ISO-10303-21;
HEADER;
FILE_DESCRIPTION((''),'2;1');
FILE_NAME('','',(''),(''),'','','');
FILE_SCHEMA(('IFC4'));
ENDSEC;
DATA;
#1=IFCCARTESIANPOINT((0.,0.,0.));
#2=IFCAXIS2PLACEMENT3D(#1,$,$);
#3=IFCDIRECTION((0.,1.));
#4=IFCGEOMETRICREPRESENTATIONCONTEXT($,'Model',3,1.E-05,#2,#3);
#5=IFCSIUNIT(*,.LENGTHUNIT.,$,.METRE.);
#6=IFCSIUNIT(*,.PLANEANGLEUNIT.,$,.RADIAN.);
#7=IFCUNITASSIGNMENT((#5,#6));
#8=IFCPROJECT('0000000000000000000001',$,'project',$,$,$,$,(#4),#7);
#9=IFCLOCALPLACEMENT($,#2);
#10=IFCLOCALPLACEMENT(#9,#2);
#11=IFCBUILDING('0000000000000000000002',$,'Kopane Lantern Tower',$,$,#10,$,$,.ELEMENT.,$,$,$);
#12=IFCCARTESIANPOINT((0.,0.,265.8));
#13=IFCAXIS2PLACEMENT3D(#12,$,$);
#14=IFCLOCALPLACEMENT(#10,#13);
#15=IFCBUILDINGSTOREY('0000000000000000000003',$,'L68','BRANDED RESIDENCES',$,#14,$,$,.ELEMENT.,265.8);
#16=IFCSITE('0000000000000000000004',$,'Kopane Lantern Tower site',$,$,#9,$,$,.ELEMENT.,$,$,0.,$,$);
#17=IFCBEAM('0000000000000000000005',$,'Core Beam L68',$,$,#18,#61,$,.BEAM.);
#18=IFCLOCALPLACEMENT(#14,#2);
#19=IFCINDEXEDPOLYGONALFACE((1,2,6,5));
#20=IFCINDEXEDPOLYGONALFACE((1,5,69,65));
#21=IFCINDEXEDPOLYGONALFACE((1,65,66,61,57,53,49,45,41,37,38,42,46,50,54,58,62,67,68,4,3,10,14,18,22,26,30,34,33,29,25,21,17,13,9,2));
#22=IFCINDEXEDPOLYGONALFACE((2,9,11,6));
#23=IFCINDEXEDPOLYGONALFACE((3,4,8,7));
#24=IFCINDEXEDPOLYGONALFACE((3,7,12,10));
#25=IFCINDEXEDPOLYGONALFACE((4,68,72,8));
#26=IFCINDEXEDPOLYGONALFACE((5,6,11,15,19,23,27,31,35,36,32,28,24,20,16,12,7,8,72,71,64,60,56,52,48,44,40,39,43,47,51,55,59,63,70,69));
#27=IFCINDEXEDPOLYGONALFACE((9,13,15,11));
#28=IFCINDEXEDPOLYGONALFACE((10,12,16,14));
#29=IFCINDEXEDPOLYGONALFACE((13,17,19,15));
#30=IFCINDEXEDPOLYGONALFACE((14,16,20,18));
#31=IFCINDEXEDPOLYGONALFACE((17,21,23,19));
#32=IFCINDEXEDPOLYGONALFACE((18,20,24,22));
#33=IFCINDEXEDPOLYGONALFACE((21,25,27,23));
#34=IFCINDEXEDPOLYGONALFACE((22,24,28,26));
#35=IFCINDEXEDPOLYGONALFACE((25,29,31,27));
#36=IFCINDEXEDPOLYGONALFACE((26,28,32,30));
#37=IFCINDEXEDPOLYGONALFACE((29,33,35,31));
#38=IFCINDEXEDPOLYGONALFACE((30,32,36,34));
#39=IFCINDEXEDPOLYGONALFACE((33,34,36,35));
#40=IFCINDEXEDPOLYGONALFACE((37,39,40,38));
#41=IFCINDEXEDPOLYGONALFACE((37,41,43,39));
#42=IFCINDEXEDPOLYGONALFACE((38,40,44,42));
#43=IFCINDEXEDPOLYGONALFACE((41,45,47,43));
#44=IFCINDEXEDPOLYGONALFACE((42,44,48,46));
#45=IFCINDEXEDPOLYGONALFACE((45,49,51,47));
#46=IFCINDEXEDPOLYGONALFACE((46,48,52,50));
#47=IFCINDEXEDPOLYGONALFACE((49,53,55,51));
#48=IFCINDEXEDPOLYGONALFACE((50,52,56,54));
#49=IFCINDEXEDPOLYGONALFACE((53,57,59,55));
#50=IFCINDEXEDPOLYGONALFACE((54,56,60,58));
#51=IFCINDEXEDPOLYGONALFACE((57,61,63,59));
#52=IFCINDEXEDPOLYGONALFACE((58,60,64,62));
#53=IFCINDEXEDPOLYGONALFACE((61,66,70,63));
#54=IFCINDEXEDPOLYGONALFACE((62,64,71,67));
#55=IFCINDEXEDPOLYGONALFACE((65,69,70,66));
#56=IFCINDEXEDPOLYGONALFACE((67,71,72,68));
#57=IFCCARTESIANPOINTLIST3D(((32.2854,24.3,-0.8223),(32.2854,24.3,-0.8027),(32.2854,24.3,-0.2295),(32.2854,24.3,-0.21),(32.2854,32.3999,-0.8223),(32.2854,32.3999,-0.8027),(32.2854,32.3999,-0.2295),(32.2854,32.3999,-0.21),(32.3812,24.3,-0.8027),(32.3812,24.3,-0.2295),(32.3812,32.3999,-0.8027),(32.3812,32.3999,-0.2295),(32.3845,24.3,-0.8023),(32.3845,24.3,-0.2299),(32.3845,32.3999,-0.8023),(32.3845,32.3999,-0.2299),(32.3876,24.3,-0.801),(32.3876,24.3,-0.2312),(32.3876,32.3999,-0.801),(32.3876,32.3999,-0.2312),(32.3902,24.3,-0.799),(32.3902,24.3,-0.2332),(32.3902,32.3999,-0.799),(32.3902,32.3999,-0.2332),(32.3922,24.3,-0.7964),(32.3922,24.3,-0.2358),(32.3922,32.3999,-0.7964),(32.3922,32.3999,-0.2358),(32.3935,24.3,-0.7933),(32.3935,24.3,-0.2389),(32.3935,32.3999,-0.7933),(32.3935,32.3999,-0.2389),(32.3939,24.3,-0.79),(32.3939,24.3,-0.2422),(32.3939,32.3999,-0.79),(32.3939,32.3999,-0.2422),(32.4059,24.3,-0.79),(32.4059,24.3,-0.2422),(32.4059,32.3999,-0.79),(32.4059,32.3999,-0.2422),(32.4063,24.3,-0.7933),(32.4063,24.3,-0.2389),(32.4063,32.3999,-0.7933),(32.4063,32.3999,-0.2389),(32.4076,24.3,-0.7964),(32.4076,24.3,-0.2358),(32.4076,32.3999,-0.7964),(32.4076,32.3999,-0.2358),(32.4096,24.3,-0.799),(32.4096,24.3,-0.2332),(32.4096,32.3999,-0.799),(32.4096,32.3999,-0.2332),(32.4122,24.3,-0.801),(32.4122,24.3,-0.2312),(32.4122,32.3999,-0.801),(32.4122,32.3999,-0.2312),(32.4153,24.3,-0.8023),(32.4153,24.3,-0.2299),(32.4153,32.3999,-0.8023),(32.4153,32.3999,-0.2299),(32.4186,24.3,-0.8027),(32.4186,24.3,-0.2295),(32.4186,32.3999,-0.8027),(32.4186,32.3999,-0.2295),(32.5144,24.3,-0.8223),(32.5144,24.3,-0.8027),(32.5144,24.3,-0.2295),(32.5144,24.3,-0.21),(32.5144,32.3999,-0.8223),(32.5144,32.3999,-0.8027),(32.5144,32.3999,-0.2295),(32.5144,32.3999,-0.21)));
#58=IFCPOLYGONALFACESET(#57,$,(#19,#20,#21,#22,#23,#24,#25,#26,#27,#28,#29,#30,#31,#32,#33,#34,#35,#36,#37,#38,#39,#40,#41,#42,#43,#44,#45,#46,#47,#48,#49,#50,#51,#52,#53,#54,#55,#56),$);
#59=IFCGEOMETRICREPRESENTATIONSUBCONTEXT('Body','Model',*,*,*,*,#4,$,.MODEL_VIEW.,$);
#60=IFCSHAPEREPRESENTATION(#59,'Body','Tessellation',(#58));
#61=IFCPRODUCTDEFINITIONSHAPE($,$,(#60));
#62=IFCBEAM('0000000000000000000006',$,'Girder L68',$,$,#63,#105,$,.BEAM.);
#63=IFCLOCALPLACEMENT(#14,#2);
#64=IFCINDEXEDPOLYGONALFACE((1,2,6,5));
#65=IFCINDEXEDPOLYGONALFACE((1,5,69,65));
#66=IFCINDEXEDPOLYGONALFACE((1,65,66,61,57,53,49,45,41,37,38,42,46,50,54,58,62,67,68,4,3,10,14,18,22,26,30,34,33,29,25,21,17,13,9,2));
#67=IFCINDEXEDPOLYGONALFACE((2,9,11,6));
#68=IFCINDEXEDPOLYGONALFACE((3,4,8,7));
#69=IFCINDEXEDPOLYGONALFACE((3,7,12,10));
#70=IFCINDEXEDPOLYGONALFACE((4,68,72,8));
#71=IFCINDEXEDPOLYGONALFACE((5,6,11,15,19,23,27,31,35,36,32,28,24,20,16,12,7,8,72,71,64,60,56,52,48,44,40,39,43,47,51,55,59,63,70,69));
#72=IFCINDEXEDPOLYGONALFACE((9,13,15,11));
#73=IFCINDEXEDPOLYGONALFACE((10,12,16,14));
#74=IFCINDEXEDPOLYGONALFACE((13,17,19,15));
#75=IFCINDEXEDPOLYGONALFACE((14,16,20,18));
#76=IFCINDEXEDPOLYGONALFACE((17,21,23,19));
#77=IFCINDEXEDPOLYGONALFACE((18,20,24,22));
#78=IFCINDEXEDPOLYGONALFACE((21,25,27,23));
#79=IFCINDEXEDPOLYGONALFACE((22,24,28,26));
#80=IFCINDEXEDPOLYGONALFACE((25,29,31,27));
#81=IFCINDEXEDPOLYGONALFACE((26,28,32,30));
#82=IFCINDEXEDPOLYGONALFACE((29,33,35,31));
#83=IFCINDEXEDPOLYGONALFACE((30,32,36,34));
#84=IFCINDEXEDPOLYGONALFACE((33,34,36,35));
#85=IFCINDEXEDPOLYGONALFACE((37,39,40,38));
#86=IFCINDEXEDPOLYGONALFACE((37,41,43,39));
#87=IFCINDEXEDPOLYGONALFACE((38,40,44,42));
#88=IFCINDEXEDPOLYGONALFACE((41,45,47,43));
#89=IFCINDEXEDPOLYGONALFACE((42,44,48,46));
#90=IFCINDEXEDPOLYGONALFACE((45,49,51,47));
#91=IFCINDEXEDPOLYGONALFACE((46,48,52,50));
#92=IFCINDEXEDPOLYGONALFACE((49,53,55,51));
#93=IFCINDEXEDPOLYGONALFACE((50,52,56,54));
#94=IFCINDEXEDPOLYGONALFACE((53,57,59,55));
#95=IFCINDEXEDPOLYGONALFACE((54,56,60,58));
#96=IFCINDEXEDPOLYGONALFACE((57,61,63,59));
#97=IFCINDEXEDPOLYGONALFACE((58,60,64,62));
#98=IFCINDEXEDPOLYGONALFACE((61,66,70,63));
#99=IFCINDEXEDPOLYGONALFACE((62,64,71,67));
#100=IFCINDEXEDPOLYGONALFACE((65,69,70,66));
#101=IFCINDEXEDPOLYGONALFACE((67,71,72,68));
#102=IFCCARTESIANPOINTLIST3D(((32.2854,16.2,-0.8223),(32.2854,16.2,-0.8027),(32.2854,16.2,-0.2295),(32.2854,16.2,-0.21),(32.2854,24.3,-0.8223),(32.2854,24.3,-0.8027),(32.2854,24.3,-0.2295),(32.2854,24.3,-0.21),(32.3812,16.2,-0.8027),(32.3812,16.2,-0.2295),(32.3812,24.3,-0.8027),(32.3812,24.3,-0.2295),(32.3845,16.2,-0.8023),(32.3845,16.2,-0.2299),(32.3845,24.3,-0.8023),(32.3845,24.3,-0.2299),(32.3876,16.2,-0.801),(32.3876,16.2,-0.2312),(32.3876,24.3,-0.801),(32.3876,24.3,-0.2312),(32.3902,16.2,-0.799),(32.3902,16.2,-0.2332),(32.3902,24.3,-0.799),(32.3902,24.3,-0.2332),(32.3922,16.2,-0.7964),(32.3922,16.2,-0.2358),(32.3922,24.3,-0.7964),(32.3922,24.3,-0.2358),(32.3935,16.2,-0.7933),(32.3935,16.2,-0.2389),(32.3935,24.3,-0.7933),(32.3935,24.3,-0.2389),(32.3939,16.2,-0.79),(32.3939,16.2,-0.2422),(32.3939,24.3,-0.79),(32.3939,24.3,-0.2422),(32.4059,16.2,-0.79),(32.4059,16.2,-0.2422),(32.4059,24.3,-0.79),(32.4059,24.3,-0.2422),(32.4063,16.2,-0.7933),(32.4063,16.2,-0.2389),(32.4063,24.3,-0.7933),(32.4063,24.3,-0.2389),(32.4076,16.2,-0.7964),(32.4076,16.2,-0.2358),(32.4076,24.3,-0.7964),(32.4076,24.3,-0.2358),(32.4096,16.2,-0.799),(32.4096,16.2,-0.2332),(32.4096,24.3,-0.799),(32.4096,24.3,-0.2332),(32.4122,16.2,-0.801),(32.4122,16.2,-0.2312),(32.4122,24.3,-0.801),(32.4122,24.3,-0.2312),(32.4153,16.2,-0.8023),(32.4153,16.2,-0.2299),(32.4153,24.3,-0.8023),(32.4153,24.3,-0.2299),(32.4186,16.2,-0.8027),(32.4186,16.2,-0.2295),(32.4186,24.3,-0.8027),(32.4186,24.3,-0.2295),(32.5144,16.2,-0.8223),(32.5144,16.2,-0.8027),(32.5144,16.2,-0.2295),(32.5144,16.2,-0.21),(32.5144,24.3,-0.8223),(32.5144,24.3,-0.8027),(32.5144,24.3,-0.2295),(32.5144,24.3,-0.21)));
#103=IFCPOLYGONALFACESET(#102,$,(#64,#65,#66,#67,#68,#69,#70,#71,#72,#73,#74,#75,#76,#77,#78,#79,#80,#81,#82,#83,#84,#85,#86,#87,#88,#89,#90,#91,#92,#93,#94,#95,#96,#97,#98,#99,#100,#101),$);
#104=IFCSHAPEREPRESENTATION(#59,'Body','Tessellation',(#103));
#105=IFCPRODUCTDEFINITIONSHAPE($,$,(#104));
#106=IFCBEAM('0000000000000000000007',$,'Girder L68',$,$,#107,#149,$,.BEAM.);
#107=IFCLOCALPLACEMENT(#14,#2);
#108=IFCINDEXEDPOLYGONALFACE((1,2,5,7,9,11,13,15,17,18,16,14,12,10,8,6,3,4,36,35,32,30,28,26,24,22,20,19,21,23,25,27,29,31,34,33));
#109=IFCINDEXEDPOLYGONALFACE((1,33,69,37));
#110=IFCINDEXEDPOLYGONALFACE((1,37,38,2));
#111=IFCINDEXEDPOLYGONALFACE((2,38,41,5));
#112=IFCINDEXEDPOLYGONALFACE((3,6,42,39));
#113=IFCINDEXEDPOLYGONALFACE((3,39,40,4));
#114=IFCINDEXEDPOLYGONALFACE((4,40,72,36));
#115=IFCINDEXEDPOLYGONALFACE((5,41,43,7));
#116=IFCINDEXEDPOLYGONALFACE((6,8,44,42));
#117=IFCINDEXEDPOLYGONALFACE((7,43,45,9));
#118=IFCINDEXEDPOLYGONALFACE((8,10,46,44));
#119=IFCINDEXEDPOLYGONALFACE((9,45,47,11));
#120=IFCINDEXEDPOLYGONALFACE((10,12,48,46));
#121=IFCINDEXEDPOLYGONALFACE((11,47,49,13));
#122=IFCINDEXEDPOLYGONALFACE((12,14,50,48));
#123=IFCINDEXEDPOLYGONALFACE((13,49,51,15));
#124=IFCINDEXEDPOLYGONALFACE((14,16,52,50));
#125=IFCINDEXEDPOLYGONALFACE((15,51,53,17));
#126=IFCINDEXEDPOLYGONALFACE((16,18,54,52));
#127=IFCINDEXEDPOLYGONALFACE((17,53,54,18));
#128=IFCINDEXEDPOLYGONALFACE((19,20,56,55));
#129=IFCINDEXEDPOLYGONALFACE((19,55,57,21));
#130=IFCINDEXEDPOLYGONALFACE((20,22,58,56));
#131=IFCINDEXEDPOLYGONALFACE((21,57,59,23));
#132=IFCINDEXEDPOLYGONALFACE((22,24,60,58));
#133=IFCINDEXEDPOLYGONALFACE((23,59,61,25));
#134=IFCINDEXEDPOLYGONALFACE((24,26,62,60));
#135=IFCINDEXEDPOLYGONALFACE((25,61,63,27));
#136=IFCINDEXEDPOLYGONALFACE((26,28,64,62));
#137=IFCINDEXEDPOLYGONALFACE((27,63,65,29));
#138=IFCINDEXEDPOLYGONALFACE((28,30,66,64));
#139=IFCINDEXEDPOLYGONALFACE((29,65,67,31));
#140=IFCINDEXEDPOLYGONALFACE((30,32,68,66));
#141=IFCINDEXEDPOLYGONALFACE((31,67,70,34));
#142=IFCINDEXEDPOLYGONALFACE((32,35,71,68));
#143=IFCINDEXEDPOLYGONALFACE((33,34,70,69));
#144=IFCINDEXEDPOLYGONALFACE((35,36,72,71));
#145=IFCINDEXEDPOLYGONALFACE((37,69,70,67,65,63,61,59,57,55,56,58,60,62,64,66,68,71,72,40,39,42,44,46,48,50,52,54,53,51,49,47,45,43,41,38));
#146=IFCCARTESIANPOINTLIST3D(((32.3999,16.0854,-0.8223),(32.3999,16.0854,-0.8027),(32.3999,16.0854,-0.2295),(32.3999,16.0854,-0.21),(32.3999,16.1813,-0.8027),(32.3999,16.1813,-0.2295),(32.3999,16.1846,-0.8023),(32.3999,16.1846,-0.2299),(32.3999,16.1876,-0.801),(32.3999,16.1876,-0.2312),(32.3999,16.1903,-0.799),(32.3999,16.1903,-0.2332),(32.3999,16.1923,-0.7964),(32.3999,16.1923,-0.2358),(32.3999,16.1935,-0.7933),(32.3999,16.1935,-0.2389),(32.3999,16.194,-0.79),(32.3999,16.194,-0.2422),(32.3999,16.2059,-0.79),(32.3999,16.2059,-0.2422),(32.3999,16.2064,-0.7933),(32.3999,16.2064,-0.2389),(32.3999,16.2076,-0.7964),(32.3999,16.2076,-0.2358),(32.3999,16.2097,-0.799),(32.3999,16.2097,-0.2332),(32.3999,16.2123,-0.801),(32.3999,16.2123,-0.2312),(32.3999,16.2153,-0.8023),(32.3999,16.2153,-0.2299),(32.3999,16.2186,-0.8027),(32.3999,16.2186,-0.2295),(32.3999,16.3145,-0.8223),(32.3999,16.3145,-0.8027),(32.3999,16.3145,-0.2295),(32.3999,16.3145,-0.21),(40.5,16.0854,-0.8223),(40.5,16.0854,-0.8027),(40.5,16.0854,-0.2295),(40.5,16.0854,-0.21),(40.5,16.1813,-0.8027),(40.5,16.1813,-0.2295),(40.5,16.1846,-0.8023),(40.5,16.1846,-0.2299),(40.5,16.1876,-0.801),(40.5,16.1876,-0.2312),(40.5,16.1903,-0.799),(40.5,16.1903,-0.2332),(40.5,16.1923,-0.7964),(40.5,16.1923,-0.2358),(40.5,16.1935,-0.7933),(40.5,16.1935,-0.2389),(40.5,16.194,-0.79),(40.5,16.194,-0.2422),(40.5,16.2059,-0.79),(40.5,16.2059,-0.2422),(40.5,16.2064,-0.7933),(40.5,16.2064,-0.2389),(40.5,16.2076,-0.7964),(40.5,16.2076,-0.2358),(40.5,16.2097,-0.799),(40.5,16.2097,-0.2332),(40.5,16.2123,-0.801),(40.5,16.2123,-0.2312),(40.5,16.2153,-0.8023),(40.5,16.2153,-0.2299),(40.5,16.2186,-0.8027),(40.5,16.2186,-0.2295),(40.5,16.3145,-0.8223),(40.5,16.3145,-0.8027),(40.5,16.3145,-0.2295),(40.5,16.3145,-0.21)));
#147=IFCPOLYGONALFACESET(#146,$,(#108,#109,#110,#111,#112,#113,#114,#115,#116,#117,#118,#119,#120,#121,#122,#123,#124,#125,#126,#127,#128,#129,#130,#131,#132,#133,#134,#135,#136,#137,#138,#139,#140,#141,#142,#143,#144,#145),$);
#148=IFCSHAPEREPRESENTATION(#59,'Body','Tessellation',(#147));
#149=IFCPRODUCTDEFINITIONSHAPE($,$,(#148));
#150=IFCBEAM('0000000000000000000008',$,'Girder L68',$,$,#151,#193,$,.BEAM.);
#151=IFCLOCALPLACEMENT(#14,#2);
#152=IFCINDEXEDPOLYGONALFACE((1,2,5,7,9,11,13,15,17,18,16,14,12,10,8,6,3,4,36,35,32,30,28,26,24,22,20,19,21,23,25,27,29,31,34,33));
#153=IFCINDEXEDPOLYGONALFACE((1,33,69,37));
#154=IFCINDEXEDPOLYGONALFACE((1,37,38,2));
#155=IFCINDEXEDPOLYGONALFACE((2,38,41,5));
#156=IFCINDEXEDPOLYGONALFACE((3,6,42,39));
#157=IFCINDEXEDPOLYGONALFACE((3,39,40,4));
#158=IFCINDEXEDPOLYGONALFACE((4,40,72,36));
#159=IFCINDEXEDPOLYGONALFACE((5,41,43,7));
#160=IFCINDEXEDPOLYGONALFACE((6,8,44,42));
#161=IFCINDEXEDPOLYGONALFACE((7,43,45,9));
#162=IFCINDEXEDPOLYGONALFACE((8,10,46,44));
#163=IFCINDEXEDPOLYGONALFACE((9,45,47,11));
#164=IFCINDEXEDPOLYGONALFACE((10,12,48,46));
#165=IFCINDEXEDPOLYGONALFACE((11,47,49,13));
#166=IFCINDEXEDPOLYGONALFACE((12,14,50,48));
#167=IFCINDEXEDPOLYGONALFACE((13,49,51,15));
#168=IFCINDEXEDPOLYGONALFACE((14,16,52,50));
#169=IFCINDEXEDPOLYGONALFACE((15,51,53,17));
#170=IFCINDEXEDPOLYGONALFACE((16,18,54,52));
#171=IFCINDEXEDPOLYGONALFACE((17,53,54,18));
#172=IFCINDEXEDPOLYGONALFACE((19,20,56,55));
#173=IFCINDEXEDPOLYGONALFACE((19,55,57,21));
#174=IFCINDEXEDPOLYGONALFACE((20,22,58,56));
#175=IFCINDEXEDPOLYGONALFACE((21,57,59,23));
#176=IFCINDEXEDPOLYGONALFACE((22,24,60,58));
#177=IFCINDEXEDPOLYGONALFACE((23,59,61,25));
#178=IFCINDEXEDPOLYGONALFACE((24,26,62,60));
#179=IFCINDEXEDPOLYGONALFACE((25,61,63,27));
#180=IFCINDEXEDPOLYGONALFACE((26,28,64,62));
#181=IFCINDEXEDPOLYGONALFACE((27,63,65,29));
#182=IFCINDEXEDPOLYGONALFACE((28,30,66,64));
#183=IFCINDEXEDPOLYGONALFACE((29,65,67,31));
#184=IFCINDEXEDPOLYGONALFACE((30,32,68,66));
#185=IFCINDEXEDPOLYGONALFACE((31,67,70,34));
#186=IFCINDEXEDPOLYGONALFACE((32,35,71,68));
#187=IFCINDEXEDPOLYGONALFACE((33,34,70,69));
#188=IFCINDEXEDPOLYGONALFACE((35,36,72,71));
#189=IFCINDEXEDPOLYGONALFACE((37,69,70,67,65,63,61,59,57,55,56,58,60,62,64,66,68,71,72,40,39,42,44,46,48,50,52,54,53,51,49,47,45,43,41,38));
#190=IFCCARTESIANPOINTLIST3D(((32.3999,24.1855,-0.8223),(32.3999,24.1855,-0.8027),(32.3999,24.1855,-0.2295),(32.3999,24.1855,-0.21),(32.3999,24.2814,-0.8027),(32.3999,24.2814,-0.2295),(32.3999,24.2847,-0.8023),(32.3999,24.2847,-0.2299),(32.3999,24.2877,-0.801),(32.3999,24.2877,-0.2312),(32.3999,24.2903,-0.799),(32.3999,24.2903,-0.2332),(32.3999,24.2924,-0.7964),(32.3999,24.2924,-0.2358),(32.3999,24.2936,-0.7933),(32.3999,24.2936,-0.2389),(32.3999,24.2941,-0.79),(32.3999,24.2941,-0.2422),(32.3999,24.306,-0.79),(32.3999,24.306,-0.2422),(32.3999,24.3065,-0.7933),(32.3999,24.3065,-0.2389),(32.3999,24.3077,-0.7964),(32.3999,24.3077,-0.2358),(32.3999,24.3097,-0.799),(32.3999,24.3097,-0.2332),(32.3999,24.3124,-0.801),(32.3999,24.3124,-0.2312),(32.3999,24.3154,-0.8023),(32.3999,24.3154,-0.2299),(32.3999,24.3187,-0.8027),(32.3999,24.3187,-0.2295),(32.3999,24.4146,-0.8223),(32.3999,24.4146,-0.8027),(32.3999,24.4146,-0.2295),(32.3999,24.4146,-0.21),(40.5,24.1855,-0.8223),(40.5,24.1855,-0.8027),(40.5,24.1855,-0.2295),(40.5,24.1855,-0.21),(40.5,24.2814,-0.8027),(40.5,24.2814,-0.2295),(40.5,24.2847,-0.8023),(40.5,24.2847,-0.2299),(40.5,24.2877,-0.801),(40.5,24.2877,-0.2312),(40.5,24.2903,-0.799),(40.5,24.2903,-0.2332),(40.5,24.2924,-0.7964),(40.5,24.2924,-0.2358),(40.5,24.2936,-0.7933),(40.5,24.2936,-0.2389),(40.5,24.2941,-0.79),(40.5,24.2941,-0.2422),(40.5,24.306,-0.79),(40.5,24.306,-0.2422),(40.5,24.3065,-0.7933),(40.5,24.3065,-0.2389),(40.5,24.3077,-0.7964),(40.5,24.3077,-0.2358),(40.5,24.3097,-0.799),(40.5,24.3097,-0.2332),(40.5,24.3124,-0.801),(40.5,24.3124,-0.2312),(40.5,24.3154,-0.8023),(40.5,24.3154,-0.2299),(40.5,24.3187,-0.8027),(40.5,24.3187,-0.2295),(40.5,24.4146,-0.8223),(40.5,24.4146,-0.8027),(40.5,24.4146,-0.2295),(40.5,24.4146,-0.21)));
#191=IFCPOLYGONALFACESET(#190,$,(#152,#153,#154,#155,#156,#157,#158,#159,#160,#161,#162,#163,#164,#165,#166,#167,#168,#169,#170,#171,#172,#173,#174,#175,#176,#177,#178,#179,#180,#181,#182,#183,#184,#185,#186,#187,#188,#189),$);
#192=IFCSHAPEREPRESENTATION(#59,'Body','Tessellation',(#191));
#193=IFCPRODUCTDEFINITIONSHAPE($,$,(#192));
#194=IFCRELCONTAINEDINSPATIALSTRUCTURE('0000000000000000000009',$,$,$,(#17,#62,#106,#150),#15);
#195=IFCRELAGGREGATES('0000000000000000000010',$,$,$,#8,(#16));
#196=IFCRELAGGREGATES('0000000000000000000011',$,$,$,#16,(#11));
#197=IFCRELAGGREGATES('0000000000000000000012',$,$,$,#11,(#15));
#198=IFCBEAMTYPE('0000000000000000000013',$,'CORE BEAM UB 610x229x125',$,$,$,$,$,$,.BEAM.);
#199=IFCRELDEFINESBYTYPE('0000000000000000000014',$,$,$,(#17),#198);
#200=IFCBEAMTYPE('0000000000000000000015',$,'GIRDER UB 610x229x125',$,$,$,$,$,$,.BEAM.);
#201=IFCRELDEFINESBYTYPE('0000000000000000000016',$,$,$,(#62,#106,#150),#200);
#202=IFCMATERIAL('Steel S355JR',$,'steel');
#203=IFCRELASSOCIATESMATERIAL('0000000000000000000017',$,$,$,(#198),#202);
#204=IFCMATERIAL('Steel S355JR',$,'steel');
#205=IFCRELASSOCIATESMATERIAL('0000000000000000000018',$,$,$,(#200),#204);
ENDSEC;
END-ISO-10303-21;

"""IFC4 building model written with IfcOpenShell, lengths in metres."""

from ifc_helpers import new_model, si_unit, direction, frame, origin, origin_2d, place, context, subcontext, project, spatial, i_section, extrude, material, material_profile, profile_set, type_object, element, save


model = new_model("IFC4")

# Units and contexts
model_context = context("Model", 3, precision=1e-05, world=origin(), true_north=direction((0.0, 1.0)))
body_context = subcontext(model_context, "Body", "Model", "MODEL_VIEW")
ifc_project = project(units=[si_unit("LENGTHUNIT", "METRE"), si_unit("PLANEANGLEUNIT", "RADIAN")], contexts=[model_context])

# Site, building, storey
site_placement = place(None, origin())
site = spatial("IfcSite", under=ifc_project, at=site_placement, Name="Kopane Lantern Tower site", CompositionType="ELEMENT", RefElevation=0.0)
building_placement = place(site_placement, origin())
building = spatial("IfcBuilding", under=site, at=building_placement, Name="Kopane Lantern Tower", CompositionType="ELEMENT")
storey_placement = place(building_placement, frame((0.0, 0.0, 265.8)))
storey = spatial("IfcBuildingStorey", under=building, at=storey_placement, Name="L68", Description="BRANDED RESIDENCES", CompositionType="ELEMENT", Elevation=265.8)

# Beams
ifc_material_1 = material(Name="Steel S355JR", Category="steel")
ifc_material_profile_1 = material_profile(ifc_material_1, i_section(OverallWidth=0.229, OverallDepth=0.6123, WebThickness=0.012, FlangeThickness=0.0195, FilletRadius=0.0127, at=origin_2d()), Name="UB 610x229x125")
ifc_profile_set_1 = profile_set([ifc_material_profile_1], Name="Steel S355JR")
beam_type_1 = type_object("IfcBeamType", Name="CORE BEAM UB 610x229x125", PredefinedType="BEAM", material=ifc_profile_set_1)
beam_placement = place(storey_placement, frame((32.3999, 24.3, -0.5161), z_axis=(0.0, 1.0, 0.0), x_axis=(-1.0, 0.0, 0.0)))
element("IfcBeam", 1, at=beam_placement, inside=storey, type_object=beam_type_1, Name="Core Beam L68", PredefinedType="BEAM", context=body_context, shape_type="SweptSolid", body=[
    extrude(i_section(OverallWidth=0.229, OverallDepth=0.6123, WebThickness=0.012, FlangeThickness=0.0195, FilletRadius=0.0127, at=origin_2d()), origin(), (0.0, 0.0, 1.0), 8.0999),
])
ifc_material_2 = material(Name="Steel S355JR", Category="steel")
ifc_material_profile_2 = material_profile(ifc_material_2, i_section(OverallWidth=0.229, OverallDepth=0.6123, WebThickness=0.012, FlangeThickness=0.0195, FilletRadius=0.0127, at=origin_2d()), Name="UB 610x229x125")
ifc_profile_set_2 = profile_set([ifc_material_profile_2], Name="Steel S355JR")
beam_type_2 = type_object("IfcBeamType", Name="GIRDER UB 610x229x125", PredefinedType="BEAM", material=ifc_profile_set_2)
for number, where, z_axis, x_axis, name in (
    (2, (32.3999, 16.2, -0.5161), (0.0, 1.0, 0.0), (-1.0, 0.0, 0.0), "Girder L68"),
    (3, (32.3999, 16.2, -0.5161), (1.0, 0.0, 0.0), (0.0, 1.0, 0.0), "Girder L68"),
    (4, (32.3999, 24.3, -0.5161), (1.0, 0.0, 0.0), (0.0, 1.0, 0.0), "Girder L68"),
):
    element("IfcBeam", number, at=place(storey_placement, frame(where, z_axis=z_axis, x_axis=x_axis)), inside=storey, type_object=beam_type_2, Name=name, PredefinedType="BEAM", context=body_context, shape_type="SweptSolid", body=[
        extrude(i_section(OverallWidth=0.229, OverallDepth=0.6123, WebThickness=0.012, FlangeThickness=0.0195, FilletRadius=0.0127, at=origin_2d()), origin(), (0.0, 0.0, 1.0), 8.1001),
    ])

save(model, "model.ifc")
